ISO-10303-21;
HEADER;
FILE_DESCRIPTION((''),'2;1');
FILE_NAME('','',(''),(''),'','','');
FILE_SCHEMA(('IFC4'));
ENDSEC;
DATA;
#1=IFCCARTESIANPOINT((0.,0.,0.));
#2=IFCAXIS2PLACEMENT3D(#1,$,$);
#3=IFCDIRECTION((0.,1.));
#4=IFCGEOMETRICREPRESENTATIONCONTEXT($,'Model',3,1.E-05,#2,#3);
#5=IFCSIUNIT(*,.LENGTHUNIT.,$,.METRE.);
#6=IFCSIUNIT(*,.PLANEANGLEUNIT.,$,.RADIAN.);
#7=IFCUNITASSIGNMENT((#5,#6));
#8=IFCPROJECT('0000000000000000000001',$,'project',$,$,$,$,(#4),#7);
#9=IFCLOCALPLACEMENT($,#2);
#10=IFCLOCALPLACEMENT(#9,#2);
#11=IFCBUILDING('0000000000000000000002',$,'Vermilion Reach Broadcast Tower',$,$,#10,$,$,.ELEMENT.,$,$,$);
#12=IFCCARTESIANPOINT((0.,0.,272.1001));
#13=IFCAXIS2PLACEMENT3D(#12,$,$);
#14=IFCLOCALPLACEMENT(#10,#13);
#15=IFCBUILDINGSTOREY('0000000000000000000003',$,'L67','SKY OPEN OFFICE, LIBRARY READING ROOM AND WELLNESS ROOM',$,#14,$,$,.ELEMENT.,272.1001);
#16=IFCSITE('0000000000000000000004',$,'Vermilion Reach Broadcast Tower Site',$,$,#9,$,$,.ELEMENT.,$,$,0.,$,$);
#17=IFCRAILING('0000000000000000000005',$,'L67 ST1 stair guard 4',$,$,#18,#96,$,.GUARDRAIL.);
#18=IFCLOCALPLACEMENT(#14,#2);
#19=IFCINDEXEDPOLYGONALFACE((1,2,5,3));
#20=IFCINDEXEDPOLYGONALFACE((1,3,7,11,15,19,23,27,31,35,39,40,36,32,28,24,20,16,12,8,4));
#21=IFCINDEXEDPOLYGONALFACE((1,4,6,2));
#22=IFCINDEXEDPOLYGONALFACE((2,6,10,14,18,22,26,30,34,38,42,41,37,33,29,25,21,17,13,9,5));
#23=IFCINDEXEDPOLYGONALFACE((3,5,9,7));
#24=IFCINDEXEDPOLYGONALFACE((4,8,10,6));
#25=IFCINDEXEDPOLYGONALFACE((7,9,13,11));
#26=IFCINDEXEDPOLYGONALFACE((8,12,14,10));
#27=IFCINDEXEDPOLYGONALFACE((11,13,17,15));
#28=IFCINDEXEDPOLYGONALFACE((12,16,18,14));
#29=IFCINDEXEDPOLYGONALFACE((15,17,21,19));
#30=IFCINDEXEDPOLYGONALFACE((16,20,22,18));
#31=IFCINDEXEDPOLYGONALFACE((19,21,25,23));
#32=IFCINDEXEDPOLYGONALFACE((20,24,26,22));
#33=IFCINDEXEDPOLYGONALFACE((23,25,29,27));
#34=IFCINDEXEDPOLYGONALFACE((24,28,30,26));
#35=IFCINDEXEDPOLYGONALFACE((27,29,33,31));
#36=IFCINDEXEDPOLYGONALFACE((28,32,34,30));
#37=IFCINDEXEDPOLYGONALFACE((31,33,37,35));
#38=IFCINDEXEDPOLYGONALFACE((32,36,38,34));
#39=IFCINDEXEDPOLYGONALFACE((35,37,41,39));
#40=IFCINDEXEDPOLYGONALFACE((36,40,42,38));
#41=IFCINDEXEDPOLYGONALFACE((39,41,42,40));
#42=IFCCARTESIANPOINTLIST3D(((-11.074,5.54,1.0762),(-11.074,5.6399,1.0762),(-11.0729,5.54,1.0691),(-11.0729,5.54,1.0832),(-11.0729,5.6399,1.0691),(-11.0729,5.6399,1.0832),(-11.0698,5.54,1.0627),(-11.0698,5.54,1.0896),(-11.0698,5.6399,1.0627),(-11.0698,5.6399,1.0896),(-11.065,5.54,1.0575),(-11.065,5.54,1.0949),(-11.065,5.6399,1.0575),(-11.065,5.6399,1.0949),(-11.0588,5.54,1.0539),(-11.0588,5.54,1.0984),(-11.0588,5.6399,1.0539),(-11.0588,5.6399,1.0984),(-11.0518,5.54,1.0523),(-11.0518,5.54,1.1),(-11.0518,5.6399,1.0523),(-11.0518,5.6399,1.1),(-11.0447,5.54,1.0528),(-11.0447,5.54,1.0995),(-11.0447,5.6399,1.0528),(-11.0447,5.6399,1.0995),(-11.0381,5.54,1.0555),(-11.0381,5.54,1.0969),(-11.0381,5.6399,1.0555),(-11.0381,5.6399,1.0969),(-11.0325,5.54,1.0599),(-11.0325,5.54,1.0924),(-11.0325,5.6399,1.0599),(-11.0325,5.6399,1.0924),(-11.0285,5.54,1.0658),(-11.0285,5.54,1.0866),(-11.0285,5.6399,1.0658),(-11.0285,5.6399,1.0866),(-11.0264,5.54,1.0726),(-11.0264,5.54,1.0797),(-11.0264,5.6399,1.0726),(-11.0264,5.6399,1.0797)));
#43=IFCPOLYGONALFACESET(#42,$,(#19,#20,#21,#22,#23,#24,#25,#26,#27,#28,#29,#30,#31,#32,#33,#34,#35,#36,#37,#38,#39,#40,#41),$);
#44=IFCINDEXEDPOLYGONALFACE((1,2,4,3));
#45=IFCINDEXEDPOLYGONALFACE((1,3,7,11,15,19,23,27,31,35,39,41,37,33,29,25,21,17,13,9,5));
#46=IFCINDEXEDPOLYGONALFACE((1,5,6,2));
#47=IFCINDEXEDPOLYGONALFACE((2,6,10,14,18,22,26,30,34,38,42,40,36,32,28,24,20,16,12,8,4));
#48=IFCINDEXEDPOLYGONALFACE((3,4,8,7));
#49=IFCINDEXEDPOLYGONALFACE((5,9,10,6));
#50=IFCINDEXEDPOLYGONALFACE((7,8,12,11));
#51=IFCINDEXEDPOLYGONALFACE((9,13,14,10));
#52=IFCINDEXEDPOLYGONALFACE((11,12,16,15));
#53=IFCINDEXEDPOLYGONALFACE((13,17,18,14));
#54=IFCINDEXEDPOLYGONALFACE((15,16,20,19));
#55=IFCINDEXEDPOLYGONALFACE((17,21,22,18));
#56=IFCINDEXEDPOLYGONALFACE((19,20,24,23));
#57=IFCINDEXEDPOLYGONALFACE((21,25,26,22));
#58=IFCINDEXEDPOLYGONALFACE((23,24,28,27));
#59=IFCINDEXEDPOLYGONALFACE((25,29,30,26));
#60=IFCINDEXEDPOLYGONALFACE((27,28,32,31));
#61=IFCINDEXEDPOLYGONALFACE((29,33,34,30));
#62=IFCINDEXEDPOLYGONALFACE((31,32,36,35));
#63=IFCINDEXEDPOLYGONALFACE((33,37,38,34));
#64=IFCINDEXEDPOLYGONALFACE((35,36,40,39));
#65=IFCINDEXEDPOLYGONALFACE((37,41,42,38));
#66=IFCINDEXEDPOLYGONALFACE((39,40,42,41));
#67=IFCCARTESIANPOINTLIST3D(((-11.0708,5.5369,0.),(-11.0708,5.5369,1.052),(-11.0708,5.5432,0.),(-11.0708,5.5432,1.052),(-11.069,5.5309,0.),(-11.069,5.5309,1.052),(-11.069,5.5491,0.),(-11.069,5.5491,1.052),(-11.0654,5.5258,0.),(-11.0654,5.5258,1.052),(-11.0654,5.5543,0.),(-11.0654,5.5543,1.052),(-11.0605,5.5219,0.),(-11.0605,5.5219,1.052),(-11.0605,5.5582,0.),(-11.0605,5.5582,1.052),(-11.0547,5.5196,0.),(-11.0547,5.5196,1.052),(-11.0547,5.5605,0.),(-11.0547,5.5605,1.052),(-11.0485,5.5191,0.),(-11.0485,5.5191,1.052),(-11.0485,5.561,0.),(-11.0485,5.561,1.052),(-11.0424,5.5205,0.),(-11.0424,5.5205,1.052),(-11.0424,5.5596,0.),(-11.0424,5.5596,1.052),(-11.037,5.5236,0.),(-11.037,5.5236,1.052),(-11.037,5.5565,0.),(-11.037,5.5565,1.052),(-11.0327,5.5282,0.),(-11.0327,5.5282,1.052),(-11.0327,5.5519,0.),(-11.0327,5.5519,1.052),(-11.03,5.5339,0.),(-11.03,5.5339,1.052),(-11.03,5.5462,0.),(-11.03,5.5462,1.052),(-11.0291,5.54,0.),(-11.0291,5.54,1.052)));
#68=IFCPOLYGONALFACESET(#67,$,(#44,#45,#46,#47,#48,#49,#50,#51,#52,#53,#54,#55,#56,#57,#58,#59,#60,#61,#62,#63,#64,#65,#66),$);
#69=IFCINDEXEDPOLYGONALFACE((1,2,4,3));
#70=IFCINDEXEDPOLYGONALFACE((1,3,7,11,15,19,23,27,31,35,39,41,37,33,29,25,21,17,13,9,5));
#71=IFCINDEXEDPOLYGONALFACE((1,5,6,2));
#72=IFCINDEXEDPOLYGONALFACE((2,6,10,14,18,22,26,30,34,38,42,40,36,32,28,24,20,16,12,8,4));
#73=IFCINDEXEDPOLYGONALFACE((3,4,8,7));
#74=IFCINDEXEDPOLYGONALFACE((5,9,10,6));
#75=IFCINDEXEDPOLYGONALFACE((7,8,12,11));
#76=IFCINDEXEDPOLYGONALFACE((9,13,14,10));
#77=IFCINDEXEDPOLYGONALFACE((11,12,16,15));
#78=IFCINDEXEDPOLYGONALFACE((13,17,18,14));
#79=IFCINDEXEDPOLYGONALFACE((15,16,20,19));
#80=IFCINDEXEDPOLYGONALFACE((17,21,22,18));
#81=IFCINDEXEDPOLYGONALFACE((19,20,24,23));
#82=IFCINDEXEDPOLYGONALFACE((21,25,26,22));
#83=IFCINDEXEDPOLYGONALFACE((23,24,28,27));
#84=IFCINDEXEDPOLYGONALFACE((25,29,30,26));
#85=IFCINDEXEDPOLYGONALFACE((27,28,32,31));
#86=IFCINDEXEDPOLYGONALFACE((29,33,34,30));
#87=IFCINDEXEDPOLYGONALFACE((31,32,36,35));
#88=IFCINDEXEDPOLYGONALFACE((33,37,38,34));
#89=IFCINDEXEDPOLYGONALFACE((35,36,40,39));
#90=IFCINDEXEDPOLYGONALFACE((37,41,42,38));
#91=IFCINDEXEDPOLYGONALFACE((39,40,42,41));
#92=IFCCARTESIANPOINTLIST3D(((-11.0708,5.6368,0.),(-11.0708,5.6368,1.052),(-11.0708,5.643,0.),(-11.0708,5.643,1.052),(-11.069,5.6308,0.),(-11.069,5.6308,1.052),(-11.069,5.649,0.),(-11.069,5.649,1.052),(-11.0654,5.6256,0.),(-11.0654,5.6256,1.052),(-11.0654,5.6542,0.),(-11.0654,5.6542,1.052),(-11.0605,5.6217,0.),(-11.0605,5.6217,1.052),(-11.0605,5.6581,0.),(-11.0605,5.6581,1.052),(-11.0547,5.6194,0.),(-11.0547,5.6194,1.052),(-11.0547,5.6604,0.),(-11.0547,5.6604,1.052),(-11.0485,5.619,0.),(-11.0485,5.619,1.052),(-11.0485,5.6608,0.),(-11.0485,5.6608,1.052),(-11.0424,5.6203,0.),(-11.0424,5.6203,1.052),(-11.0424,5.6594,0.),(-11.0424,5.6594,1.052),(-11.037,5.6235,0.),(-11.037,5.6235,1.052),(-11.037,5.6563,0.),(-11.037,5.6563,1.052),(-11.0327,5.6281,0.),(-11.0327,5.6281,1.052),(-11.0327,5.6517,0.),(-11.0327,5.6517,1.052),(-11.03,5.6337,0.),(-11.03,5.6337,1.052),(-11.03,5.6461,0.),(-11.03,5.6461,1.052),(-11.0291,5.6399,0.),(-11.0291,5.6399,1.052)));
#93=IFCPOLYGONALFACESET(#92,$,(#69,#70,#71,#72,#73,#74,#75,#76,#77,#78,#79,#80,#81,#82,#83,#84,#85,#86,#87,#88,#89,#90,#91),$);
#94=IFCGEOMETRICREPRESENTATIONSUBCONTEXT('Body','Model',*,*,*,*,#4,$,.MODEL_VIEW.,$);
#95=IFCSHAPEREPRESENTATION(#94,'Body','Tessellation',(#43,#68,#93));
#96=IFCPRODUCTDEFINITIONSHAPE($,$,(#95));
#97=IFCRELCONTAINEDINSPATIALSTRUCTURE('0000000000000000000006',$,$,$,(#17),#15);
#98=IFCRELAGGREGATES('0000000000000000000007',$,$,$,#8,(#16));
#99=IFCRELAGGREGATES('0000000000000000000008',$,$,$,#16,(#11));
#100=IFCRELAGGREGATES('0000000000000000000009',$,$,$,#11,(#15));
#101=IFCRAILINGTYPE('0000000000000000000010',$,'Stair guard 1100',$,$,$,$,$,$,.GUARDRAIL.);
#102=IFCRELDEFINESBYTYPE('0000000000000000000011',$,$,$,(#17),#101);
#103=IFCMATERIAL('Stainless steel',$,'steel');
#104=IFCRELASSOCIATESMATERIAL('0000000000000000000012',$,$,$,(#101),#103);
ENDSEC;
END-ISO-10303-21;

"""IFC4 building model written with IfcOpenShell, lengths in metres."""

from ifc_helpers import new_model, si_unit, direction, frame, origin, origin_2d, place, context, subcontext, project, spatial, circle, extrude, material, type_object, element, save


model = new_model("IFC4")

# Units and contexts
model_context = context("Model", 3, precision=1e-05, world=origin(), true_north=direction((0.0, 1.0)))
body_context = subcontext(model_context, "Body", "Model", "MODEL_VIEW")
ifc_project = project(units=[si_unit("LENGTHUNIT", "METRE"), si_unit("PLANEANGLEUNIT", "RADIAN")], contexts=[model_context])

# Site, building, storey
site_placement = place(None, origin())
site = spatial("IfcSite", under=ifc_project, at=site_placement, Name="Vermilion Reach Broadcast Tower Site", CompositionType="ELEMENT", RefElevation=0.0)
building_placement = place(site_placement, origin())
building = spatial("IfcBuilding", under=site, at=building_placement, Name="Vermilion Reach Broadcast Tower", CompositionType="ELEMENT")
storey_placement = place(building_placement, frame((0.0, 0.0, 272.1001)))
storey = spatial("IfcBuildingStorey", under=building, at=storey_placement, Name="L67", Description="SKY OPEN OFFICE, LIBRARY READING ROOM AND WELLNESS ROOM", CompositionType="ELEMENT", Elevation=272.1001)

# Railing
ifc_material_1 = material(Name="Stainless steel", Category="steel")
railing_type_1 = type_object("IfcRailingType", Name="Stair guard 1100", PredefinedType="GUARDRAIL", material=ifc_material_1)
railing_1_placement = place(storey_placement, frame((-11.05, 5.54, 0.0)))
element("IfcRailing", 1, at=railing_1_placement, inside=storey, type_object=railing_type_1, Name="L67 ST1 stair guard 4", PredefinedType="GUARDRAIL", context=body_context, shape_type="SweptSolid", body=[
    extrude(circle(Radius=0.0239, at=origin_2d()), frame((0.0, 0.0, 1.0762), z_axis=(0.0, 1.0, 0.0), x_axis=(-1.0, 0.0, 0.0)), (0.0, 0.0, 1.0), 0.0999),
    extrude(circle(Radius=0.021, at=origin_2d()), origin(), (0.0, 0.0, 1.0), 1.052),
    extrude(circle(Radius=0.021, at=origin_2d()), frame((0.0, 0.0999, 0.0)), (0.0, 0.0, 1.0), 1.052),
])

save(model, "model.ifc")
